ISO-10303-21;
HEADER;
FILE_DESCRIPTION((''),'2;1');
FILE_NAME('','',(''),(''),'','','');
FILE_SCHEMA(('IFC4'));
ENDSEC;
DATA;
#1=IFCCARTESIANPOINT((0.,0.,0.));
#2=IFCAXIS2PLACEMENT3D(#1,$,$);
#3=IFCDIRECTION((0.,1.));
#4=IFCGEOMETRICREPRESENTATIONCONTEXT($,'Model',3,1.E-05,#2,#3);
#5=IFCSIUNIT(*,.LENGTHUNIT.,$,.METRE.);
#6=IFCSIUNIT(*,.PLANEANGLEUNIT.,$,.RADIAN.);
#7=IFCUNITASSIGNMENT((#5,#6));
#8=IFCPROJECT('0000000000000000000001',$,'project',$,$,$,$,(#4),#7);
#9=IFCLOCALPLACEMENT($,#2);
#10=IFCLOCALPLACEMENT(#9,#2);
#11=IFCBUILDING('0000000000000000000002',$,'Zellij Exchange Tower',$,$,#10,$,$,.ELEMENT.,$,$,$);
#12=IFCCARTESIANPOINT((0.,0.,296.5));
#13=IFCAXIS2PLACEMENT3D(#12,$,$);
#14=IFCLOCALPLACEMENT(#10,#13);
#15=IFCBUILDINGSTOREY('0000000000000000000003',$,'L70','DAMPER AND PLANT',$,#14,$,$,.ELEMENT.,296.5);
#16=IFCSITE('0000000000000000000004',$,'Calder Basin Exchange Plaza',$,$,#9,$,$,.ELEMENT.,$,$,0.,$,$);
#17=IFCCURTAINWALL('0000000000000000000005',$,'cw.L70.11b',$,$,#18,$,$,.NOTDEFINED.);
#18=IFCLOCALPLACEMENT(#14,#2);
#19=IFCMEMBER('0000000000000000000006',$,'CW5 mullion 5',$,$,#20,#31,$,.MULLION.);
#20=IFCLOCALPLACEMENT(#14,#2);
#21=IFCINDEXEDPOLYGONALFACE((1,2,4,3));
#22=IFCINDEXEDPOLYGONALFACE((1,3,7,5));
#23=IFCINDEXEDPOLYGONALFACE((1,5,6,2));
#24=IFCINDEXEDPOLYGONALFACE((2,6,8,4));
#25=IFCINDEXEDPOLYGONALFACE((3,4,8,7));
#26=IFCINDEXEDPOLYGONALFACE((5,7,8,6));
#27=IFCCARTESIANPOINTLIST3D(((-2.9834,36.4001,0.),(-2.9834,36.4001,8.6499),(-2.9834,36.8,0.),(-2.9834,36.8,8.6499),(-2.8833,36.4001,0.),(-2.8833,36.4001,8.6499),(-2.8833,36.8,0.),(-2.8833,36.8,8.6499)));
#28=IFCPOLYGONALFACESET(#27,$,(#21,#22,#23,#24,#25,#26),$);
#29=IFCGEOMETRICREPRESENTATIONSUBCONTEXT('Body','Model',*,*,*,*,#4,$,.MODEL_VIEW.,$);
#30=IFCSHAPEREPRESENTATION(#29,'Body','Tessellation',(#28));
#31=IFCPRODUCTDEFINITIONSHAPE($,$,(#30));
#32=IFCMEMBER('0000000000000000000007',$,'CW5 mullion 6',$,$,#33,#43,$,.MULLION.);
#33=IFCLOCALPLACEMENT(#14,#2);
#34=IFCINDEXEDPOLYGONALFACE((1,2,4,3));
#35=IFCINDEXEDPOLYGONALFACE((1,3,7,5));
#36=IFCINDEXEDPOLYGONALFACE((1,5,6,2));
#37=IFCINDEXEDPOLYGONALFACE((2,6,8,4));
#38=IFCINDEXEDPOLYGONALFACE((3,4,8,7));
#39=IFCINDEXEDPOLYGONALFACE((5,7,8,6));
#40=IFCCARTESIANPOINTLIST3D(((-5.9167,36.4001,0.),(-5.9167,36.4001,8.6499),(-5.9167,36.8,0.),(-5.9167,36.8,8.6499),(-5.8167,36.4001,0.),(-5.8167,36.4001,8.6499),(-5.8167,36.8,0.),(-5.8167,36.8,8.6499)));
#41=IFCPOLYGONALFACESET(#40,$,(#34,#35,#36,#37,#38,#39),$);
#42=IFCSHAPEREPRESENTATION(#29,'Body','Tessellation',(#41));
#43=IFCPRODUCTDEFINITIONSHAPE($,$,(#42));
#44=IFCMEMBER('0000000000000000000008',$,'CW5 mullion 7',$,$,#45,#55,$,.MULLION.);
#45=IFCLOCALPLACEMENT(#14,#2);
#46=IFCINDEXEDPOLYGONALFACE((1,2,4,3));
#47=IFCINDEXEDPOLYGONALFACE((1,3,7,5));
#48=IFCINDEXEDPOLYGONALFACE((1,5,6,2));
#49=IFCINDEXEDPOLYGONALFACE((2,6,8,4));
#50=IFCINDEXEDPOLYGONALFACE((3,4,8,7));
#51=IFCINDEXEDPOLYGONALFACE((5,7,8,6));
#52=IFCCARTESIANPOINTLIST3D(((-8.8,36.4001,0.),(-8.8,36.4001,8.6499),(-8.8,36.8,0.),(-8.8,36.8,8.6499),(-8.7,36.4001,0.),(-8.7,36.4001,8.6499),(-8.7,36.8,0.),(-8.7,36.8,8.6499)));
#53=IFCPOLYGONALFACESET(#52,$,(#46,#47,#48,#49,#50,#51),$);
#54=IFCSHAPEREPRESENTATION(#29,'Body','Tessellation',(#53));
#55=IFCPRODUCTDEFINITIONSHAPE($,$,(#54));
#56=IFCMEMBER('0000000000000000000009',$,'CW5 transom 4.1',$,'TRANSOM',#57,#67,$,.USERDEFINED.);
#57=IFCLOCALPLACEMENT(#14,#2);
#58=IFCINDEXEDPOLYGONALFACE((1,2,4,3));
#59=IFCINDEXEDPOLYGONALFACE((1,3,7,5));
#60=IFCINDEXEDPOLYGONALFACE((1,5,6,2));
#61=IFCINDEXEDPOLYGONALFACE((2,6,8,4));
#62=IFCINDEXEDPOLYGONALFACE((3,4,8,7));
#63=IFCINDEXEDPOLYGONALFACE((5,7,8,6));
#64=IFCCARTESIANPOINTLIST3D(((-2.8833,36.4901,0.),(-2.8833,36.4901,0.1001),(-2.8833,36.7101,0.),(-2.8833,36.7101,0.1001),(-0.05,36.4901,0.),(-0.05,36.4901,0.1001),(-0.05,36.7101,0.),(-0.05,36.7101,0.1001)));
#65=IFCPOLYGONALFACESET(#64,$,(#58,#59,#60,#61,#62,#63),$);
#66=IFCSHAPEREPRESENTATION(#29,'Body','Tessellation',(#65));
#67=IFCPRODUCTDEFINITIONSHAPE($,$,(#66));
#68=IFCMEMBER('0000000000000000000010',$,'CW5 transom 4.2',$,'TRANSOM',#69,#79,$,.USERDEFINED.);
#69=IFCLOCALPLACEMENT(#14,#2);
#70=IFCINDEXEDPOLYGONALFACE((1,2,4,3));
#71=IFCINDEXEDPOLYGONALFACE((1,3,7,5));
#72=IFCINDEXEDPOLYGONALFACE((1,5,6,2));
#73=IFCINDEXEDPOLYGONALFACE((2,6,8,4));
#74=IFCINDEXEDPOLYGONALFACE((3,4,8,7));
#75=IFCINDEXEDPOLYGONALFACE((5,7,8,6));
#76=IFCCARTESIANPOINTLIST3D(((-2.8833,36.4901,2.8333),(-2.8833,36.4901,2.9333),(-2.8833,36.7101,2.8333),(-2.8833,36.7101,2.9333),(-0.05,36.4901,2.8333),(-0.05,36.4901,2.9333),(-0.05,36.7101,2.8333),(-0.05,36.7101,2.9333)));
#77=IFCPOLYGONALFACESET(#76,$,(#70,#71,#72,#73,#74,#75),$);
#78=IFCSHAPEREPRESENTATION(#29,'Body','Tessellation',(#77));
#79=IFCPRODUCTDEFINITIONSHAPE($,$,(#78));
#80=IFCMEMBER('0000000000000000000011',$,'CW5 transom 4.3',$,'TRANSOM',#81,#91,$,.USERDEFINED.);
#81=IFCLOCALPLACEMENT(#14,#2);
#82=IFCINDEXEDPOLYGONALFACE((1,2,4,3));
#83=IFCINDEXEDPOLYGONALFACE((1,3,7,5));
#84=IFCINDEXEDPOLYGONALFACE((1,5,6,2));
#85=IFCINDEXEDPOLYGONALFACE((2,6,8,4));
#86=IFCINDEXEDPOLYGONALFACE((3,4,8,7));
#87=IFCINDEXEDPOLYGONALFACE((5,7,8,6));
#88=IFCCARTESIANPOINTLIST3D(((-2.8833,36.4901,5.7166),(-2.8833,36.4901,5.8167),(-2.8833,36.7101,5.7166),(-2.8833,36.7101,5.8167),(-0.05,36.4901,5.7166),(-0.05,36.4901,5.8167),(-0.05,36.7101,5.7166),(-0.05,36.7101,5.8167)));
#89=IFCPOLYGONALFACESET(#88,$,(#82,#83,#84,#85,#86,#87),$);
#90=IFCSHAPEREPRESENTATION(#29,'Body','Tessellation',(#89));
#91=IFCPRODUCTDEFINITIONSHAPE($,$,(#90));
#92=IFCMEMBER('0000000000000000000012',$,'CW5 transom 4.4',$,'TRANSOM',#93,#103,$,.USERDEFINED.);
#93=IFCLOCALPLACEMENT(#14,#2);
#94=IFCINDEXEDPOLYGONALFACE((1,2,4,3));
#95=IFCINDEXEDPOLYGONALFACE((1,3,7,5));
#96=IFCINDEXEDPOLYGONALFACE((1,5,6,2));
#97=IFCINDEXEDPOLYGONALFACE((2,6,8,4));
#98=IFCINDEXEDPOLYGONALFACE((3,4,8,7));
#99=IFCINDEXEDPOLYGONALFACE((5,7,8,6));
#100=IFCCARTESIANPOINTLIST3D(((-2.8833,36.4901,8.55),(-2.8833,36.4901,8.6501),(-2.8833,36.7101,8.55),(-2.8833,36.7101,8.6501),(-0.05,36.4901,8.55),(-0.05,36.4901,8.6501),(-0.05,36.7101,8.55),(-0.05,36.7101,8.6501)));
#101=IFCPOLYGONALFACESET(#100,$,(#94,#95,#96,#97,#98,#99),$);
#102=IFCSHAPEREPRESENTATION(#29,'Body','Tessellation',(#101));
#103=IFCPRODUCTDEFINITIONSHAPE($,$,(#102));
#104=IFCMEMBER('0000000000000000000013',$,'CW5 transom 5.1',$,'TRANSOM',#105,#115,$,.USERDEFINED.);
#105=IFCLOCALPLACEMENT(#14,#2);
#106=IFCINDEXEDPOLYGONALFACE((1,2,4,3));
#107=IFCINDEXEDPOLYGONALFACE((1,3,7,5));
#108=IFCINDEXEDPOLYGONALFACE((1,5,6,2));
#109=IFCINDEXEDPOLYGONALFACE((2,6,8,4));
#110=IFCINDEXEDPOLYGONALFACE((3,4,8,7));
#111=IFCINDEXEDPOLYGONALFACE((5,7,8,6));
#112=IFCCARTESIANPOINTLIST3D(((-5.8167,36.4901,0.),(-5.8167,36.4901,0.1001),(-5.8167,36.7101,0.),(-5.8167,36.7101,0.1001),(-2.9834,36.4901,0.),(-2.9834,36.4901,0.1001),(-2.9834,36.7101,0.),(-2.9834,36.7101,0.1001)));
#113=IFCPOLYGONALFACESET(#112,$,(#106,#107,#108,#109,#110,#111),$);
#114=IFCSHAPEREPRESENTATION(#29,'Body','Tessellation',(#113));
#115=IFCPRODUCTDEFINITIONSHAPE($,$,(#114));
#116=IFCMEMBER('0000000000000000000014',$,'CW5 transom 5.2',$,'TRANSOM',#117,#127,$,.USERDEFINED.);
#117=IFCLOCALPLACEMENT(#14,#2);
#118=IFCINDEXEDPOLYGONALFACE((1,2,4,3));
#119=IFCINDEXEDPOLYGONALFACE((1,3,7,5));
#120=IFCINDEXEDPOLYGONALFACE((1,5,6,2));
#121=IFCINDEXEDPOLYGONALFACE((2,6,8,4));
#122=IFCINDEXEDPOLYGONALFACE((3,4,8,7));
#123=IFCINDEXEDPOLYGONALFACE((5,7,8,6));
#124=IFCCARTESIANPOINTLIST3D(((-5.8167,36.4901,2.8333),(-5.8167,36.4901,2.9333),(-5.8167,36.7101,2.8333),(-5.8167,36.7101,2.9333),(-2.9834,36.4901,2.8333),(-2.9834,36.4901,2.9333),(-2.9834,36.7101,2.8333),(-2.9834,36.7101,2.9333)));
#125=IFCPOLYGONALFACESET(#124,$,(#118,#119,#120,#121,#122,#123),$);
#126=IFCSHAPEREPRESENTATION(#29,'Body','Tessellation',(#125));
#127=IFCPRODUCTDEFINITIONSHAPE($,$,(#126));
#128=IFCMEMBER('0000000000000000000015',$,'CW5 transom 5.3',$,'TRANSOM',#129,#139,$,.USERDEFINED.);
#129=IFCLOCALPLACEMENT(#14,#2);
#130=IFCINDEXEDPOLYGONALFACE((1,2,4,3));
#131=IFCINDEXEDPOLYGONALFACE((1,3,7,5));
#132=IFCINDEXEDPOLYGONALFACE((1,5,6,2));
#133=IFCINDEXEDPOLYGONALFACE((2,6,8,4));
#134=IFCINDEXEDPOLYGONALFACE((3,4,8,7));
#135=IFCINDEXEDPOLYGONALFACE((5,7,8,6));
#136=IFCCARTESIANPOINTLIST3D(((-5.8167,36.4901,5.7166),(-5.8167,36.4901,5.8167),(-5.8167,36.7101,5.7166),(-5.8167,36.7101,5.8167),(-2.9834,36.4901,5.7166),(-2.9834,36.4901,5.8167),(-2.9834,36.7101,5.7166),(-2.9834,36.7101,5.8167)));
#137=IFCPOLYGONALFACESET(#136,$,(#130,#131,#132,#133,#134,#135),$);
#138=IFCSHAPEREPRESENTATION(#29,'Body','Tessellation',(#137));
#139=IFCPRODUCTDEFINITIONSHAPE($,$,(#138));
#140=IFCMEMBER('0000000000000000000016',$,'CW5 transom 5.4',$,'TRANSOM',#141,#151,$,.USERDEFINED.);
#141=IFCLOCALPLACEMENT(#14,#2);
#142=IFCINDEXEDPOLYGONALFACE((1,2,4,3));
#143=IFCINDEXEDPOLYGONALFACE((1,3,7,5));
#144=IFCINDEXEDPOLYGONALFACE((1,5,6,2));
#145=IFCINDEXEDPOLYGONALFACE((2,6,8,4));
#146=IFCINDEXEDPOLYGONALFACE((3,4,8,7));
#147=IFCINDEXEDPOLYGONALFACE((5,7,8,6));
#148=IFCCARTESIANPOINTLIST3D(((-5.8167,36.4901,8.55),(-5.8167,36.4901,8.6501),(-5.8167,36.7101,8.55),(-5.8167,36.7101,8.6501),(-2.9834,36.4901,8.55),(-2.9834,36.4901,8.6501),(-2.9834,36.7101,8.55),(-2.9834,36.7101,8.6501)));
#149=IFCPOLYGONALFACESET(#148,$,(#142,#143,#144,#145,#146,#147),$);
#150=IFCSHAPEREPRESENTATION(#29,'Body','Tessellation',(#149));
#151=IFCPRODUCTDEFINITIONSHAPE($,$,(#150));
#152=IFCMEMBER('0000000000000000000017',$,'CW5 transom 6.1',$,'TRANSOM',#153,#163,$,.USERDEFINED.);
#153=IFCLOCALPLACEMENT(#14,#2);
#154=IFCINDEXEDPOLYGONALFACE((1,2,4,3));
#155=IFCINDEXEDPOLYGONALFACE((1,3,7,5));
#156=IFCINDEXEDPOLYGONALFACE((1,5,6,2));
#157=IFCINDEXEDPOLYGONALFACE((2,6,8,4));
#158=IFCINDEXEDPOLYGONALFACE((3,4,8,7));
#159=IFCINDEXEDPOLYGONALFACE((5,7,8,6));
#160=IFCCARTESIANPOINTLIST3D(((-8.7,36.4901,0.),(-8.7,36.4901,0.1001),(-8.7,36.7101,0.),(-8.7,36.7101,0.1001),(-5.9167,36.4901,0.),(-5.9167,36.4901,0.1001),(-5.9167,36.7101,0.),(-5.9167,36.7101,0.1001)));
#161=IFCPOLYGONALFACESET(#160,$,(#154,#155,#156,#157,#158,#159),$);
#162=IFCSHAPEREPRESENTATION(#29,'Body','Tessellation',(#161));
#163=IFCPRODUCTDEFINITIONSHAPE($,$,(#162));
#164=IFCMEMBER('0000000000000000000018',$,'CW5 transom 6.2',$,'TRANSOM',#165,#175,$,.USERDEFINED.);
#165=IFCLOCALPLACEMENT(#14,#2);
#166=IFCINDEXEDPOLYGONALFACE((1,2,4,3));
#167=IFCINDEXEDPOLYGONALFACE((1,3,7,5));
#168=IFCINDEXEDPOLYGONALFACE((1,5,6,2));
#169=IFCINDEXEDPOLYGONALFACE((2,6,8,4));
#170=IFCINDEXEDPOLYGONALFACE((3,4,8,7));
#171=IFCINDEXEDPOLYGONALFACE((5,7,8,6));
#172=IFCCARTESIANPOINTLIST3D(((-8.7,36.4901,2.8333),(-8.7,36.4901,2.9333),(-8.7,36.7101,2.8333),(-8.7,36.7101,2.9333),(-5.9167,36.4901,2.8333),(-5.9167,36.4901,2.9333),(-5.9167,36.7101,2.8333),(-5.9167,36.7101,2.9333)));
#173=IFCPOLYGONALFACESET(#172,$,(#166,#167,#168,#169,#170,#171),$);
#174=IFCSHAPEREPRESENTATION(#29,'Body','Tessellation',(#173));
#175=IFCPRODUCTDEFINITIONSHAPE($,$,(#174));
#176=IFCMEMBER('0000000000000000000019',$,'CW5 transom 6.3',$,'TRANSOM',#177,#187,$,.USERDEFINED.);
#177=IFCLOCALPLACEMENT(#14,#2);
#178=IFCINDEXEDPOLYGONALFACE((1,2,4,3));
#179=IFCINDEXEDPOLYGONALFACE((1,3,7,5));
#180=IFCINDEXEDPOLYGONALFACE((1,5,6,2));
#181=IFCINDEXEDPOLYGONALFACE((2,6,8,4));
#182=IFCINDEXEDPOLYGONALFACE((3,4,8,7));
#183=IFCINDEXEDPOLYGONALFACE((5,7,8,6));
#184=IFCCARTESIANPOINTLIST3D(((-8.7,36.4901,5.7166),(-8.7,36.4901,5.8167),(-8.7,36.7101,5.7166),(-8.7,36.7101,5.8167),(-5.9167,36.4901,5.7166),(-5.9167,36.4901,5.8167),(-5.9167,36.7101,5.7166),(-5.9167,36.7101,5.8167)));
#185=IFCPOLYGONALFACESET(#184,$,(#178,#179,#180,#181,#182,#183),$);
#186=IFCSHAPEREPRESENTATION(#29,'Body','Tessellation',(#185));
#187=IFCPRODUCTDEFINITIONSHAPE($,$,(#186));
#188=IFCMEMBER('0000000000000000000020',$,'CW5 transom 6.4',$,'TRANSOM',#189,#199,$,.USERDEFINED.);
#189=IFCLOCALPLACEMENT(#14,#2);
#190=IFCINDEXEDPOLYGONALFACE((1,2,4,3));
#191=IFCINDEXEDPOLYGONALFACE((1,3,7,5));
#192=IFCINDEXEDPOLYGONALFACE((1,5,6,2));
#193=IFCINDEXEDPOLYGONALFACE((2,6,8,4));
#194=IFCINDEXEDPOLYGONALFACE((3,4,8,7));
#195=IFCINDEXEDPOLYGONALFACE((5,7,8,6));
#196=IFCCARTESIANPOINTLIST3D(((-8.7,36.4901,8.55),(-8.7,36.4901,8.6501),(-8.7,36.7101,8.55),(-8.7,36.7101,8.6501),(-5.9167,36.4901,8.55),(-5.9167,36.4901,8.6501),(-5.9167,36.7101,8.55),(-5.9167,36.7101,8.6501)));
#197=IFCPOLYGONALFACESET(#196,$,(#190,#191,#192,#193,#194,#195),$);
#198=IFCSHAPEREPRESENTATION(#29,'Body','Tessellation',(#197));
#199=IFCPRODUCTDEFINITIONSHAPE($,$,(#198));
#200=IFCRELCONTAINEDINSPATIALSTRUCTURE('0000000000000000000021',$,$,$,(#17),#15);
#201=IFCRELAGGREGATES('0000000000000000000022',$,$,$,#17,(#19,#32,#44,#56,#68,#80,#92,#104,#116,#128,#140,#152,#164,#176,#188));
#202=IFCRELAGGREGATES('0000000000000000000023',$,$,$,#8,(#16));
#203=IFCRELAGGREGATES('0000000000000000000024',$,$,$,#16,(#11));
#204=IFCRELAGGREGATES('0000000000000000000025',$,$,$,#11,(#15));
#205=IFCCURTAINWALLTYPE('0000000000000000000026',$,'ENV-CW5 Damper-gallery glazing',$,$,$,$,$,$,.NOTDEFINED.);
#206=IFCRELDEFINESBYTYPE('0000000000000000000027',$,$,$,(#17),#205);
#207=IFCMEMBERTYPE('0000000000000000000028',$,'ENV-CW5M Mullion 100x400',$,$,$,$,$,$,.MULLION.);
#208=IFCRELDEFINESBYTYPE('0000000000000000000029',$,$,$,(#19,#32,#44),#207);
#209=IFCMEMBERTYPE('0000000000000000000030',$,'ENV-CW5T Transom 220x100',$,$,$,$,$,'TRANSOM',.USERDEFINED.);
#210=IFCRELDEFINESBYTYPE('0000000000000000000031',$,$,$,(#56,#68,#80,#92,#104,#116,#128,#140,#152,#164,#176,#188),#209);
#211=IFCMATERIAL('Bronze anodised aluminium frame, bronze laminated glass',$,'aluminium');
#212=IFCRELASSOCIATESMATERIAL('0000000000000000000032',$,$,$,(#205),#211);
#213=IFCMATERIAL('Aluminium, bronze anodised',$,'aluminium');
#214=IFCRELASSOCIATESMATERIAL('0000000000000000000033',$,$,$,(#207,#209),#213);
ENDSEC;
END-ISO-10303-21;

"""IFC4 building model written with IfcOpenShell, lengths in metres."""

from ifc_helpers import new_model, si_unit, direction, frame, origin, origin_2d, place, context, subcontext, project, spatial, rectangle, extrude, material, material_profile, profile_set, type_object, element, aggregate, save


model = new_model("IFC4")

# Units and contexts
model_context = context("Model", 3, precision=1e-05, world=origin(), true_north=direction((0.0, 1.0)))
body_context = subcontext(model_context, "Body", "Model", "MODEL_VIEW")
ifc_project = project(units=[si_unit("LENGTHUNIT", "METRE"), si_unit("PLANEANGLEUNIT", "RADIAN")], contexts=[model_context])

# Site, building, storey
site_placement = place(None, origin())
site = spatial("IfcSite", under=ifc_project, at=site_placement, Name="Calder Basin Exchange Plaza", CompositionType="ELEMENT", RefElevation=0.0)
building_placement = place(site_placement, origin())
building = spatial("IfcBuilding", under=site, at=building_placement, Name="Zellij Exchange Tower", CompositionType="ELEMENT")
storey_placement = place(building_placement, frame((0.0, 0.0, 296.5)))
storey = spatial("IfcBuildingStorey", under=building, at=storey_placement, Name="L70", Description="DAMPER AND PLANT", CompositionType="ELEMENT", Elevation=296.5)

# Curtain wall, members
ifc_material_1 = material(Name="Bronze anodised aluminium frame, bronze laminated glass", Category="aluminium")
curtain_wall_type = type_object("IfcCurtainWallType", Name="ENV-CW5 Damper-gallery glazing", PredefinedType="NOTDEFINED", material=ifc_material_1)
curtain_wall_placement = place(storey_placement, origin())
curtain_wall = element("IfcCurtainWall", 1, at=curtain_wall_placement, inside=storey, type_object=curtain_wall_type, Name="cw.L70.11b", PredefinedType="NOTDEFINED")
ifc_material_2 = material(Name="Aluminium, bronze anodised", Category="aluminium")
ifc_material_profile_1 = material_profile(ifc_material_2, rectangle(XDim=0.1001, YDim=0.3999, at=origin_2d()), Name="AL 100x400")
ifc_profile_set_1 = profile_set([ifc_material_profile_1], Name="Aluminium, bronze anodised")
member_type_1 = type_object("IfcMemberType", Name="ENV-CW5M Mullion 100x400", PredefinedType="MULLION", material=ifc_profile_set_1)
member_1_placement = place(storey_placement, frame((-2.9333, 36.6001, 0.0), z_axis=(0.0, 0.0, 1.0), x_axis=(-1.0, 0.0, 0.0)))
member_1 = element("IfcMember", 2, at=member_1_placement, type_object=member_type_1, Name="CW5 mullion 5", PredefinedType="MULLION", context=body_context, shape_type="SweptSolid", body=[
    extrude(rectangle(XDim=0.1001, YDim=0.3999, at=origin_2d()), origin(), (0.0, 0.0, 1.0), 8.6499),
])
member_2_placement = place(storey_placement, frame((-5.8667, 36.6001, 0.0), z_axis=(0.0, 0.0, 1.0), x_axis=(-1.0, 0.0, 0.0)))
member_2 = element("IfcMember", 3, at=member_2_placement, type_object=member_type_1, Name="CW5 mullion 6", PredefinedType="MULLION", context=body_context, shape_type="SweptSolid", body=[
    extrude(rectangle(XDim=0.1001, YDim=0.3999, at=origin_2d()), origin(), (0.0, 0.0, 1.0), 8.6499),
])
member_3_placement = place(storey_placement, frame((-8.75, 36.6001, 0.0), z_axis=(0.0, 0.0, 1.0), x_axis=(-1.0, 0.0, 0.0)))
member_3 = element("IfcMember", 4, at=member_3_placement, type_object=member_type_1, Name="CW5 mullion 7", PredefinedType="MULLION", context=body_context, shape_type="SweptSolid", body=[
    extrude(rectangle(XDim=0.1001, YDim=0.3999, at=origin_2d()), origin(), (0.0, 0.0, 1.0), 8.6499),
])
ifc_material_profile_2 = material_profile(ifc_material_2, rectangle(XDim=0.22, YDim=0.1001, at=origin_2d()), Name="AL 220x100")
ifc_profile_set_2 = profile_set([ifc_material_profile_2], Name="Aluminium, bronze anodised")
member_type_2 = type_object("IfcMemberType", Name="ENV-CW5T Transom 220x100", ElementType="TRANSOM", PredefinedType="USERDEFINED", material=ifc_profile_set_2)
member_4_placement = place(storey_placement, frame((-0.05, 36.6001, 0.05), z_axis=(-1.0, 0.0, 0.0), x_axis=(0.0, -1.0, 0.0)))
member_4 = element("IfcMember", 5, at=member_4_placement, type_object=member_type_2, Name="CW5 transom 4.1", ObjectType="TRANSOM", PredefinedType="USERDEFINED", context=body_context, shape_type="SweptSolid", body=[
    extrude(rectangle(XDim=0.22, YDim=0.1001, at=origin_2d()), origin(), (0.0, 0.0, 1.0), 2.8333),
])
member_5_placement = place(storey_placement, frame((-0.05, 36.6001, 2.8833), z_axis=(-1.0, 0.0, 0.0), x_axis=(0.0, -1.0, 0.0)))
member_5 = element("IfcMember", 6, at=member_5_placement, type_object=member_type_2, Name="CW5 transom 4.2", ObjectType="TRANSOM", PredefinedType="USERDEFINED", context=body_context, shape_type="SweptSolid", body=[
    extrude(rectangle(XDim=0.22, YDim=0.1001, at=origin_2d()), origin(), (0.0, 0.0, 1.0), 2.8333),
])
member_6_placement = place(storey_placement, frame((-0.05, 36.6001, 5.7666), z_axis=(-1.0, 0.0, 0.0), x_axis=(0.0, -1.0, 0.0)))
member_6 = element("IfcMember", 7, at=member_6_placement, type_object=member_type_2, Name="CW5 transom 4.3", ObjectType="TRANSOM", PredefinedType="USERDEFINED", context=body_context, shape_type="SweptSolid", body=[
    extrude(rectangle(XDim=0.22, YDim=0.1001, at=origin_2d()), origin(), (0.0, 0.0, 1.0), 2.8333),
])
member_7_placement = place(storey_placement, frame((-0.05, 36.6001, 8.6001), z_axis=(-1.0, 0.0, 0.0), x_axis=(0.0, -1.0, 0.0)))
member_7 = element("IfcMember", 8, at=member_7_placement, type_object=member_type_2, Name="CW5 transom 4.4", ObjectType="TRANSOM", PredefinedType="USERDEFINED", context=body_context, shape_type="SweptSolid", body=[
    extrude(rectangle(XDim=0.22, YDim=0.1001, at=origin_2d()), origin(), (0.0, 0.0, 1.0), 2.8333),
])
member_8_placement = place(storey_placement, frame((-2.9834, 36.6001, 0.05), z_axis=(-1.0, 0.0, 0.0), x_axis=(0.0, -1.0, 0.0)))
member_8 = element("IfcMember", 9, at=member_8_placement, type_object=member_type_2, Name="CW5 transom 5.1", ObjectType="TRANSOM", PredefinedType="USERDEFINED", context=body_context, shape_type="SweptSolid", body=[
    extrude(rectangle(XDim=0.22, YDim=0.1001, at=origin_2d()), origin(), (0.0, 0.0, 1.0), 2.8333),
])
member_9_placement = place(storey_placement, frame((-2.9834, 36.6001, 2.8833), z_axis=(-1.0, 0.0, 0.0), x_axis=(0.0, -1.0, 0.0)))
member_9 = element("IfcMember", 10, at=member_9_placement, type_object=member_type_2, Name="CW5 transom 5.2", ObjectType="TRANSOM", PredefinedType="USERDEFINED", context=body_context, shape_type="SweptSolid", body=[
    extrude(rectangle(XDim=0.22, YDim=0.1001, at=origin_2d()), origin(), (0.0, 0.0, 1.0), 2.8333),
])
member_10_placement = place(storey_placement, frame((-2.9834, 36.6001, 5.7666), z_axis=(-1.0, 0.0, 0.0), x_axis=(0.0, -1.0, 0.0)))
member_10 = element("IfcMember", 11, at=member_10_placement, type_object=member_type_2, Name="CW5 transom 5.3", ObjectType="TRANSOM", PredefinedType="USERDEFINED", context=body_context, shape_type="SweptSolid", body=[
    extrude(rectangle(XDim=0.22, YDim=0.1001, at=origin_2d()), origin(), (0.0, 0.0, 1.0), 2.8333),
])
member_11_placement = place(storey_placement, frame((-2.9834, 36.6001, 8.6001), z_axis=(-1.0, 0.0, 0.0), x_axis=(0.0, -1.0, 0.0)))
member_11 = element("IfcMember", 12, at=member_11_placement, type_object=member_type_2, Name="CW5 transom 5.4", ObjectType="TRANSOM", PredefinedType="USERDEFINED", context=body_context, shape_type="SweptSolid", body=[
    extrude(rectangle(XDim=0.22, YDim=0.1001, at=origin_2d()), origin(), (0.0, 0.0, 1.0), 2.8333),
])
member_12_placement = place(storey_placement, frame((-5.9167, 36.6001, 0.05), z_axis=(-1.0, 0.0, 0.0), x_axis=(0.0, -1.0, 0.0)))
member_12 = element("IfcMember", 13, at=member_12_placement, type_object=member_type_2, Name="CW5 transom 6.1", ObjectType="TRANSOM", PredefinedType="USERDEFINED", context=body_context, shape_type="SweptSolid", body=[
    extrude(rectangle(XDim=0.22, YDim=0.1001, at=origin_2d()), origin(), (0.0, 0.0, 1.0), 2.7832),
])
member_13_placement = place(storey_placement, frame((-5.9167, 36.6001, 2.8833), z_axis=(-1.0, 0.0, 0.0), x_axis=(0.0, -1.0, 0.0)))
member_13 = element("IfcMember", 14, at=member_13_placement, type_object=member_type_2, Name="CW5 transom 6.2", ObjectType="TRANSOM", PredefinedType="USERDEFINED", context=body_context, shape_type="SweptSolid", body=[
    extrude(rectangle(XDim=0.22, YDim=0.1001, at=origin_2d()), origin(), (0.0, 0.0, 1.0), 2.7832),
])
member_14_placement = place(storey_placement, frame((-5.9167, 36.6001, 5.7666), z_axis=(-1.0, 0.0, 0.0), x_axis=(0.0, -1.0, 0.0)))
member_14 = element("IfcMember", 15, at=member_14_placement, type_object=member_type_2, Name="CW5 transom 6.3", ObjectType="TRANSOM", PredefinedType="USERDEFINED", context=body_context, shape_type="SweptSolid", body=[
    extrude(rectangle(XDim=0.22, YDim=0.1001, at=origin_2d()), origin(), (0.0, 0.0, 1.0), 2.7832),
])
member_15_placement = place(storey_placement, frame((-5.9167, 36.6001, 8.6001), z_axis=(-1.0, 0.0, 0.0), x_axis=(0.0, -1.0, 0.0)))
member_15 = element("IfcMember", 16, at=member_15_placement, type_object=member_type_2, Name="CW5 transom 6.4", ObjectType="TRANSOM", PredefinedType="USERDEFINED", context=body_context, shape_type="SweptSolid", body=[
    extrude(rectangle(XDim=0.22, YDim=0.1001, at=origin_2d()), origin(), (0.0, 0.0, 1.0), 2.7832),
])
aggregate(curtain_wall, [member_1, member_2, member_3, member_4, member_5, member_6, member_7, member_8, member_9, member_10, member_11, member_12, member_13, member_14, member_15])

save(model, "model.ifc")
